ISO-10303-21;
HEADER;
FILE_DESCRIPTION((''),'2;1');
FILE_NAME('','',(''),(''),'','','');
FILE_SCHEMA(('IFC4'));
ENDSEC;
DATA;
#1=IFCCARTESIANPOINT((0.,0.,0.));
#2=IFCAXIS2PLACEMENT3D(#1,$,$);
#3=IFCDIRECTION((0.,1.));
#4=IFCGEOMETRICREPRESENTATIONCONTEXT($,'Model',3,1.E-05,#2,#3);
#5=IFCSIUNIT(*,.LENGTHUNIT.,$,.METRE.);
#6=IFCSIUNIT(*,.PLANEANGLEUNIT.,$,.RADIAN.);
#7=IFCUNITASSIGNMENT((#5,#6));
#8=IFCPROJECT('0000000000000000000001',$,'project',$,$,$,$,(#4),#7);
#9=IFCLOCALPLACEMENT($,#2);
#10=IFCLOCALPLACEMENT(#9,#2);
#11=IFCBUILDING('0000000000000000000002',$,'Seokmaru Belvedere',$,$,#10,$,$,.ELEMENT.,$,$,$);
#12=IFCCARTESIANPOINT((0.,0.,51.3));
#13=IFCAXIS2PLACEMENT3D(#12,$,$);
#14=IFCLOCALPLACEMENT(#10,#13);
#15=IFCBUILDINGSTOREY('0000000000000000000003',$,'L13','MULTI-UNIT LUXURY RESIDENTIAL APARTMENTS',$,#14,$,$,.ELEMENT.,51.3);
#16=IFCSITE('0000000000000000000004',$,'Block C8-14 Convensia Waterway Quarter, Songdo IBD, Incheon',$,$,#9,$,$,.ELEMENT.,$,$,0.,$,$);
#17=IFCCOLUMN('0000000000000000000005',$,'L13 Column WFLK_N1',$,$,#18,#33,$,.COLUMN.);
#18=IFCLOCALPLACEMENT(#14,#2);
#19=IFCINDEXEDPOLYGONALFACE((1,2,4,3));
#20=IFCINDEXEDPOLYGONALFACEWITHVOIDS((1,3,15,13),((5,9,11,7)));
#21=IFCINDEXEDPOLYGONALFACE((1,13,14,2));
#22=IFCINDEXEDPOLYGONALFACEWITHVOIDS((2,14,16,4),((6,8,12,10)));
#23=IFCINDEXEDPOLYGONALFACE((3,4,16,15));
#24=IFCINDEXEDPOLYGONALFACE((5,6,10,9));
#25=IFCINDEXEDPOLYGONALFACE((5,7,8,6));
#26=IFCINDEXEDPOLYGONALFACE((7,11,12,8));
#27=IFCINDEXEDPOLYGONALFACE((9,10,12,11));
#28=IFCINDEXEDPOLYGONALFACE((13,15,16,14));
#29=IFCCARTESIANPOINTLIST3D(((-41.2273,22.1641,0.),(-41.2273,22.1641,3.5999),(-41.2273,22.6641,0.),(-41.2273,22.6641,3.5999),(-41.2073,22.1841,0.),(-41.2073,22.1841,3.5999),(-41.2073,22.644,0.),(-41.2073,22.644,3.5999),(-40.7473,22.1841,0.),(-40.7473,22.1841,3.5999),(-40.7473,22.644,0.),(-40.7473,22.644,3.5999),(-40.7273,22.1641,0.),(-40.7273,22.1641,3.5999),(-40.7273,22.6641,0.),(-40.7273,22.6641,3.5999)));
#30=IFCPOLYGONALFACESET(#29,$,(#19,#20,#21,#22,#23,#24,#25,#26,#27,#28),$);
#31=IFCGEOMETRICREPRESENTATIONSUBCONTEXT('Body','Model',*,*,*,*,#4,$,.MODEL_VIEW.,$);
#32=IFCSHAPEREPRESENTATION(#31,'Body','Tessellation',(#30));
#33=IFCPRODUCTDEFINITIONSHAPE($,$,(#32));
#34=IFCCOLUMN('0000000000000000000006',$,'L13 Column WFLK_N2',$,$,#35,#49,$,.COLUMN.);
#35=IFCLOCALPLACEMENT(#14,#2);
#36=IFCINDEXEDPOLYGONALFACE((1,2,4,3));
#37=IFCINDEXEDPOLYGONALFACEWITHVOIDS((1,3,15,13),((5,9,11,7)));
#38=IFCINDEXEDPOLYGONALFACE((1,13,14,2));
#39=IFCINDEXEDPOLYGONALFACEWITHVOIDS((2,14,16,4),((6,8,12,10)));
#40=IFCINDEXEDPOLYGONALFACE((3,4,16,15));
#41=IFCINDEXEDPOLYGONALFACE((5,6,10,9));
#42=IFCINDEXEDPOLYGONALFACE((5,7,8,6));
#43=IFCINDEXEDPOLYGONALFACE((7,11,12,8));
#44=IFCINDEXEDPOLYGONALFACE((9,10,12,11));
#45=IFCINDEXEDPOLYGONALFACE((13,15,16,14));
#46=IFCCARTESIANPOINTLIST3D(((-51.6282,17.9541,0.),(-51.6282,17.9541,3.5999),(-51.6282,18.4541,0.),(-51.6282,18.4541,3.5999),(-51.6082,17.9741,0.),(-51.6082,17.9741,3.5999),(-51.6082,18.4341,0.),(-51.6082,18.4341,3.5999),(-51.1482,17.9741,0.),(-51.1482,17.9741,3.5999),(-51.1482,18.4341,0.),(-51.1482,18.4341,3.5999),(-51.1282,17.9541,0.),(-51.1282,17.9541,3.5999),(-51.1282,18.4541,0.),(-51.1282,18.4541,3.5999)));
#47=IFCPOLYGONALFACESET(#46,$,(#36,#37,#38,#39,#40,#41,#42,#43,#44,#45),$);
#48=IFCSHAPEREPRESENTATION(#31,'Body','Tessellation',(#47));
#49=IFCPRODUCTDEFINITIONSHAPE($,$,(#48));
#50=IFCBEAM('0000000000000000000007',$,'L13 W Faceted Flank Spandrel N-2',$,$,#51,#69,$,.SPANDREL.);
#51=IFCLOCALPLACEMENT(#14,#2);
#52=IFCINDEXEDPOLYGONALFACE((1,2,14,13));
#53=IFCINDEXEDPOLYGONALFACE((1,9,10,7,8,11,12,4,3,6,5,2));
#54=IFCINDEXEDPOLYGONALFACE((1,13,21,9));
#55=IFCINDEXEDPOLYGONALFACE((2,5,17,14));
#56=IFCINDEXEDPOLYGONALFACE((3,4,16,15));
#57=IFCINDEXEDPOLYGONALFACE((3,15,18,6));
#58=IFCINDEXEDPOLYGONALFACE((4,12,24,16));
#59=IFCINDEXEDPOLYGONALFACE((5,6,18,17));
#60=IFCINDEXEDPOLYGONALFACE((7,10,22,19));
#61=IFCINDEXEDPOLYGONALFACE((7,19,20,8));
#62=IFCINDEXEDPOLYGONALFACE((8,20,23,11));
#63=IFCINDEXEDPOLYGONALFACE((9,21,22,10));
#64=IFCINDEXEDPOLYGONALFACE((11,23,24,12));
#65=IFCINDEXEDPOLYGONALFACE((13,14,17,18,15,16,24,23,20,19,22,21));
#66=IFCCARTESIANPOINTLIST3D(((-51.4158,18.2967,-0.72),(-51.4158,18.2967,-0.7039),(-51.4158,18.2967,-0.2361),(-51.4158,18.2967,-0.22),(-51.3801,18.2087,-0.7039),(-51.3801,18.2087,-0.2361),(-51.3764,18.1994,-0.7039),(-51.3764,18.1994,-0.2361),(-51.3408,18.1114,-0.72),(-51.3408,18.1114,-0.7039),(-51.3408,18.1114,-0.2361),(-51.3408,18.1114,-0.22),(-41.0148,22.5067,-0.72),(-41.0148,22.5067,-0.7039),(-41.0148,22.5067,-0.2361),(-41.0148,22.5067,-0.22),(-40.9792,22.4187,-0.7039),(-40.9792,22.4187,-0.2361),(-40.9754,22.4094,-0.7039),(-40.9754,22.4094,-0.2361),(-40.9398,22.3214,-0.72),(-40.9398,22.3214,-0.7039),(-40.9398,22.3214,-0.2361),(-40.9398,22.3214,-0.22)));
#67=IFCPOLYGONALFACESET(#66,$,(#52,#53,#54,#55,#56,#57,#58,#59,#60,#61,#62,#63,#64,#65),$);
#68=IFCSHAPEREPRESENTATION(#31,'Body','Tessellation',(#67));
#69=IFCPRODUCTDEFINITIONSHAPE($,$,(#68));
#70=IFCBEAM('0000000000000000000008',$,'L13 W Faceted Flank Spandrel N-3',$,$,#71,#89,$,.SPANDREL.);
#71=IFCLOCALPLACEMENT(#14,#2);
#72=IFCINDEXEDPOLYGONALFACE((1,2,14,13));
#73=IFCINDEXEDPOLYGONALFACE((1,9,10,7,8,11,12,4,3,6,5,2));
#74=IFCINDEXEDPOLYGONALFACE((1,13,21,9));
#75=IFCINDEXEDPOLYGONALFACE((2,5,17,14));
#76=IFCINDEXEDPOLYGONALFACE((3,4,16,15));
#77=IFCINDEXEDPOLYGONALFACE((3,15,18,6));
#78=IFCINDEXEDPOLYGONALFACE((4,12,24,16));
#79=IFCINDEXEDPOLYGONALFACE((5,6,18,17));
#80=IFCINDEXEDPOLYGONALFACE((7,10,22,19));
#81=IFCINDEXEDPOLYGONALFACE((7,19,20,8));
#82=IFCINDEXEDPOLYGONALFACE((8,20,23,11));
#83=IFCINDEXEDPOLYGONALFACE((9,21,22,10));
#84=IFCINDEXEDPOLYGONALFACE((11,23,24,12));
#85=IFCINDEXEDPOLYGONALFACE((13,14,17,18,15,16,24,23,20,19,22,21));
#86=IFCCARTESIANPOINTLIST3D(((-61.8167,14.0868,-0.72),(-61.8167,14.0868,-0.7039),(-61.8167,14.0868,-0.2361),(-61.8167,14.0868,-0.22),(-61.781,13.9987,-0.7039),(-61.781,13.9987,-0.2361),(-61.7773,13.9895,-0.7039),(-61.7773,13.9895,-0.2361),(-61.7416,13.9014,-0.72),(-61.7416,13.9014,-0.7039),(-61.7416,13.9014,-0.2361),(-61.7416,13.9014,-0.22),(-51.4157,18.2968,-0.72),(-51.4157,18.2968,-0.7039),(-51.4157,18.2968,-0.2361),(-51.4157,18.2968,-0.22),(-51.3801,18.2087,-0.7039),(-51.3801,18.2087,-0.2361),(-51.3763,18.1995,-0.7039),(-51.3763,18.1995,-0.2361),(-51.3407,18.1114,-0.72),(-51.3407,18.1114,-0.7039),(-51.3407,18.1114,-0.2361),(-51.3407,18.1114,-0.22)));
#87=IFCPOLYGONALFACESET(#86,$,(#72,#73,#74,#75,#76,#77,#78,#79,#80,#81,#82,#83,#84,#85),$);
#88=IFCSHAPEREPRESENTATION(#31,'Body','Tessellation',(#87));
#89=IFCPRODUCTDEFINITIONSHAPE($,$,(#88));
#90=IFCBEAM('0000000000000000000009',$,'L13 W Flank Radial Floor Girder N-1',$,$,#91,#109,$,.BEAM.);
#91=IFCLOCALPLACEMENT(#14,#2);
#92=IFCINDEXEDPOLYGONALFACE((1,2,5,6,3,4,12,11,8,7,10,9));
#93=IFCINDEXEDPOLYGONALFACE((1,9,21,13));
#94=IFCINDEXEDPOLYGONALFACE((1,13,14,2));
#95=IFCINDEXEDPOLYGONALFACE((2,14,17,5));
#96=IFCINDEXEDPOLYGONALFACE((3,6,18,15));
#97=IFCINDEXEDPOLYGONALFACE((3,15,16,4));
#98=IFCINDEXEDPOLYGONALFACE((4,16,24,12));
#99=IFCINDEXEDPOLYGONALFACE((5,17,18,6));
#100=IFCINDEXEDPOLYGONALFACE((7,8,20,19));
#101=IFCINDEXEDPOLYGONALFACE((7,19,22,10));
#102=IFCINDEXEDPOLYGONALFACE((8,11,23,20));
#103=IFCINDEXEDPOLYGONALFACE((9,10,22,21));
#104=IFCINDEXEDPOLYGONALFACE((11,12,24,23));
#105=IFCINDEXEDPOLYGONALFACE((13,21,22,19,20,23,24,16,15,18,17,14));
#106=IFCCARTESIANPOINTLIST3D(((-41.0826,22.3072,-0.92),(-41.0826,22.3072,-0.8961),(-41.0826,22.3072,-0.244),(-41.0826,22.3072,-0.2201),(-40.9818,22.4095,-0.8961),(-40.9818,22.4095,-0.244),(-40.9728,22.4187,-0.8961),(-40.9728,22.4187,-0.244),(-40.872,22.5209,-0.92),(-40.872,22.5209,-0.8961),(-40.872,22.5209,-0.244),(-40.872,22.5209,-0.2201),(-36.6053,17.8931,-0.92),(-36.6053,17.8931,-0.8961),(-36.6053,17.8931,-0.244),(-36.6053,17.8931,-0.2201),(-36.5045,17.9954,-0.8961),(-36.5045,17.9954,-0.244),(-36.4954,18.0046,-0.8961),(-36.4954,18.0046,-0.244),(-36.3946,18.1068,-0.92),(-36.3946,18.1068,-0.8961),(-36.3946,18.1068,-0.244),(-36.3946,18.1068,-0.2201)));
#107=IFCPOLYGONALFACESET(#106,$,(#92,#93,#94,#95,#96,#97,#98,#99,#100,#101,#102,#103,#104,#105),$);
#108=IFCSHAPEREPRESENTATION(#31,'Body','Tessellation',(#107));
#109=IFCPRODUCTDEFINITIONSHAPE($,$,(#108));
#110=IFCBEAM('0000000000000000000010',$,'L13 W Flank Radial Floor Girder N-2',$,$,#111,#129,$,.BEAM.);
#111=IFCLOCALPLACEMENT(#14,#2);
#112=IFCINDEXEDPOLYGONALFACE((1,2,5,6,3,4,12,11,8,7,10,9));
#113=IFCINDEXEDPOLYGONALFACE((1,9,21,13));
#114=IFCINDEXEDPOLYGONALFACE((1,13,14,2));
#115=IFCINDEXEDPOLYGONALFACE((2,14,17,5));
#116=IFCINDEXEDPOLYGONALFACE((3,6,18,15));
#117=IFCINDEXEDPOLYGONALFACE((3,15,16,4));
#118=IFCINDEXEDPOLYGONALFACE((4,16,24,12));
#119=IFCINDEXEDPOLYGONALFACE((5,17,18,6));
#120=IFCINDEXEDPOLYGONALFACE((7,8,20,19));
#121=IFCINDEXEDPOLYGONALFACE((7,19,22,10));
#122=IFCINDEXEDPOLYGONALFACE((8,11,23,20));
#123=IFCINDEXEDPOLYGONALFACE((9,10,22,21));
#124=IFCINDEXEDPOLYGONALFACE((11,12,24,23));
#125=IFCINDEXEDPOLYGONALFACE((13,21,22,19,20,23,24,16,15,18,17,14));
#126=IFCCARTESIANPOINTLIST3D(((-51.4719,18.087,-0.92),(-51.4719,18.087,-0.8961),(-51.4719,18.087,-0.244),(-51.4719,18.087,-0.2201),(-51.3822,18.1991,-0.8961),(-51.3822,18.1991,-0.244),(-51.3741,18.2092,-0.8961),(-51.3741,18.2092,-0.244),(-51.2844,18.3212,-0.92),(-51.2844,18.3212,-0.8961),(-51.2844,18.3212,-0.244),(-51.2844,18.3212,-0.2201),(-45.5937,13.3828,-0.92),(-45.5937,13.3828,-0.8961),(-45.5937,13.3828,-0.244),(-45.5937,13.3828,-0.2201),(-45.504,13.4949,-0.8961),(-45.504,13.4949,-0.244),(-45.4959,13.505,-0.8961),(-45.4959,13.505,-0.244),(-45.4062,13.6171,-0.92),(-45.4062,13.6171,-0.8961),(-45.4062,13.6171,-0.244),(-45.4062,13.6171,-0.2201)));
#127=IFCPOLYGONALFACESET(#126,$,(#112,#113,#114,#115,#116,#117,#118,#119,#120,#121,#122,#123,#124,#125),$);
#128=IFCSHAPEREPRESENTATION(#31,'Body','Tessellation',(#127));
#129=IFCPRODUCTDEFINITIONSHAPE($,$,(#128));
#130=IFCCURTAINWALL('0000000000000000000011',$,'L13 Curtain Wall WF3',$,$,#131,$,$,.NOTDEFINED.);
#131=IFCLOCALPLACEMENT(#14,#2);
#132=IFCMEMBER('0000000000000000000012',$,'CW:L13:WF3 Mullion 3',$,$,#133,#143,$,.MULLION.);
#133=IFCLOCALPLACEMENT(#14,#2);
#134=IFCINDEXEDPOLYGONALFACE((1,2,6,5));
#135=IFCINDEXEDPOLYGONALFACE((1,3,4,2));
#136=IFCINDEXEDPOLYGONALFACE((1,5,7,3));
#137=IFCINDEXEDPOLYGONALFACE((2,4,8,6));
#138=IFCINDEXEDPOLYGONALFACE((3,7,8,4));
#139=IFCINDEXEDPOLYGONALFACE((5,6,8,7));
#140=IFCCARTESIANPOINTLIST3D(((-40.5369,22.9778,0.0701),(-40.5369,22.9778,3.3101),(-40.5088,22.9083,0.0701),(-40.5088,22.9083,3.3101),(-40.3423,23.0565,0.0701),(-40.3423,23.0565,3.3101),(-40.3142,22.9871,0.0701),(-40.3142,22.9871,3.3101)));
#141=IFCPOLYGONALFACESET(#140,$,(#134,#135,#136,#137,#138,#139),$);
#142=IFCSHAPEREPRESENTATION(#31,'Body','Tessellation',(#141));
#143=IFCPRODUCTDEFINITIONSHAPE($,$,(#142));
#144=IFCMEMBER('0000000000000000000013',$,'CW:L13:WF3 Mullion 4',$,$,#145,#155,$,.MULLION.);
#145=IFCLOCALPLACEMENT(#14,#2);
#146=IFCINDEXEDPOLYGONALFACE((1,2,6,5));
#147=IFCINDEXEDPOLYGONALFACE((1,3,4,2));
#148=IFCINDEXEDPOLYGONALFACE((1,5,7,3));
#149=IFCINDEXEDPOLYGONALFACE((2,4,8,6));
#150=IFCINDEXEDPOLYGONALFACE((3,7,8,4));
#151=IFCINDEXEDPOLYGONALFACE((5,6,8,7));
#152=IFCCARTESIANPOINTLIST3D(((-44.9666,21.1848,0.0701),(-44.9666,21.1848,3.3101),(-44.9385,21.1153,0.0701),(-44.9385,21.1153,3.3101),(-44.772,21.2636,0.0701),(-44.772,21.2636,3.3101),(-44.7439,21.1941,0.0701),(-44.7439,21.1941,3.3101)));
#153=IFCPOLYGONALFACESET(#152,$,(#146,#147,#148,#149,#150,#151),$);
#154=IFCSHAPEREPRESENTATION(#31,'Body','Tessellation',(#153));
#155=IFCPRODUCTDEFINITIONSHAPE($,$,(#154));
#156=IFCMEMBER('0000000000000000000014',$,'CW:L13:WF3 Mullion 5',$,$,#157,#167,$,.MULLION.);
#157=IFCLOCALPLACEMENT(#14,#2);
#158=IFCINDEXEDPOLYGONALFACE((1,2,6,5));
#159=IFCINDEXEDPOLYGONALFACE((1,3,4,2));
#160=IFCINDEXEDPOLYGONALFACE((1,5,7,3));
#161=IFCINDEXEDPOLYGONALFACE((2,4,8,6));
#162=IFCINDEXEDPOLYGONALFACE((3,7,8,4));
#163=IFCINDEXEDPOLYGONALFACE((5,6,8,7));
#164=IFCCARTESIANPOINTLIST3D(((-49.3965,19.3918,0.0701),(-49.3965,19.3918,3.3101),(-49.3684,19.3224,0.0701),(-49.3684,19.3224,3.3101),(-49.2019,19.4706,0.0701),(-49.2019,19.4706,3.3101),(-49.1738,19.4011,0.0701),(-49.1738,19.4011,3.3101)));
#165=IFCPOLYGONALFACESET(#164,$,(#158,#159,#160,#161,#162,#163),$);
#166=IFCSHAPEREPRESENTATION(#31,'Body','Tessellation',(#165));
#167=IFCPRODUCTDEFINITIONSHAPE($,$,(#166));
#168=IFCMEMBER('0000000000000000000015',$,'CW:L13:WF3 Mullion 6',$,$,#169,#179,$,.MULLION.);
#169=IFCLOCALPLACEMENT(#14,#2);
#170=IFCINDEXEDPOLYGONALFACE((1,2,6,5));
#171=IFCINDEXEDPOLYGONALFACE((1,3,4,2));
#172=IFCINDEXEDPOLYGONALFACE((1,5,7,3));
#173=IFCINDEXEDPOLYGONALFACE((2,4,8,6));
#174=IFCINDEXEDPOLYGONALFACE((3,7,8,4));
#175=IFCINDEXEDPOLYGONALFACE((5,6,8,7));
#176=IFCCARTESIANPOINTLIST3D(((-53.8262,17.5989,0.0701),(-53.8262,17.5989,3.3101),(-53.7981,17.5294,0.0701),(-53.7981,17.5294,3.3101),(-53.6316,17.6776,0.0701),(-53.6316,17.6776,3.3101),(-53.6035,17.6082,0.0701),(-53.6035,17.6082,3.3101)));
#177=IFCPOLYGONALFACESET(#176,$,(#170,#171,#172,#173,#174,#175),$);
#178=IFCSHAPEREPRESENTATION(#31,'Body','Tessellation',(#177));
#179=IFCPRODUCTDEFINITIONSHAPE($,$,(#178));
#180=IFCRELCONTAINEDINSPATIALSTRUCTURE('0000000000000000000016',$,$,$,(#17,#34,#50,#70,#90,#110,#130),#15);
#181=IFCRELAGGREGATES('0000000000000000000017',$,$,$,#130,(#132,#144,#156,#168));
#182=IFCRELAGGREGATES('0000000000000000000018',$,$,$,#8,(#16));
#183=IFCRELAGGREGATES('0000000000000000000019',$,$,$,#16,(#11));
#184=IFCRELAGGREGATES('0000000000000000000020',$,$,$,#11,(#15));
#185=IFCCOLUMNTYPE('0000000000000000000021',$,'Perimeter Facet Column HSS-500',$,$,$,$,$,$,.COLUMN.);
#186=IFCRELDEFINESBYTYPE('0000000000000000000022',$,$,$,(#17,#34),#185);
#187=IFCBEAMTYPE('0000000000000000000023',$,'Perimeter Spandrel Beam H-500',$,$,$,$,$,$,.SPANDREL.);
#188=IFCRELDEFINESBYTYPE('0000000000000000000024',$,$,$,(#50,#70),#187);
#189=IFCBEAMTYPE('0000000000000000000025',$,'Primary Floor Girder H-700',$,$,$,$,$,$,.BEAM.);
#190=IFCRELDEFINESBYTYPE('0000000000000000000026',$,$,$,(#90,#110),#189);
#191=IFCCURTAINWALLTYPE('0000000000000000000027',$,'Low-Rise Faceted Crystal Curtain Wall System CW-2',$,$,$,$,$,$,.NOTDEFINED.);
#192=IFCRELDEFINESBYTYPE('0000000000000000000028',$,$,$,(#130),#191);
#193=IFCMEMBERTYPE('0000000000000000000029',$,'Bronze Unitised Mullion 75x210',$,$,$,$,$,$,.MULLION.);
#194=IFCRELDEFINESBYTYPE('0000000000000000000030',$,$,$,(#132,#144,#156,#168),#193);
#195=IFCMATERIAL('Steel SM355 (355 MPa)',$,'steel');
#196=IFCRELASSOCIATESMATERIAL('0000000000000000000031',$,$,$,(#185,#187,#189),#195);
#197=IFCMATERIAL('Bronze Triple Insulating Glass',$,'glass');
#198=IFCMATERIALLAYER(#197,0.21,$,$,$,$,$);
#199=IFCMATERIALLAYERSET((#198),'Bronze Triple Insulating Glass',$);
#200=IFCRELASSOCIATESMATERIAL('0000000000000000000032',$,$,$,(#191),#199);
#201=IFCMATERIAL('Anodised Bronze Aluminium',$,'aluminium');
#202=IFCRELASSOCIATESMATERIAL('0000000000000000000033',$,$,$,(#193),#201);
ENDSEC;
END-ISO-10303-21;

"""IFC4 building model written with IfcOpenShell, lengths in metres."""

from ifc_helpers import new_model, si_unit, direction, frame, origin, origin_2d, place, context, subcontext, project, spatial, rectangle, hollow_rectangle, i_section, extrude, source, transform, mapped, material, layer, layer_set, material_profile, profile_set, type_object, type_shapes, element, aggregate, save


model = new_model("IFC4")

# Units and contexts
model_context = context("Model", 3, precision=1e-05, world=origin(), true_north=direction((0.0, 1.0)))
body_context = subcontext(model_context, "Body", "Model", "MODEL_VIEW")
ifc_project = project(units=[si_unit("LENGTHUNIT", "METRE"), si_unit("PLANEANGLEUNIT", "RADIAN")], contexts=[model_context])

# Site, building, storey
site_placement = place(None, origin())
site = spatial("IfcSite", under=ifc_project, at=site_placement, Name="Block C8-14 Convensia Waterway Quarter, Songdo IBD, Incheon", CompositionType="ELEMENT", RefElevation=0.0)
building_placement = place(site_placement, origin())
building = spatial("IfcBuilding", under=site, at=building_placement, Name="Seokmaru Belvedere", CompositionType="ELEMENT")
storey_placement = place(building_placement, frame((0.0, 0.0, 51.3)))
storey = spatial("IfcBuildingStorey", under=building, at=storey_placement, Name="L13", Description="MULTI-UNIT LUXURY RESIDENTIAL APARTMENTS", CompositionType="ELEMENT", Elevation=51.3)

# Columns
ifc_material_1 = material(Name="Steel SM355 (355 MPa)", Category="steel")
ifc_material_profile_1 = material_profile(ifc_material_1, hollow_rectangle(XDim=0.5, YDim=0.5, WallThickness=0.02, at=origin_2d()), Name="HSS-500x500x20")
ifc_profile_set_1 = profile_set([ifc_material_profile_1], Name="Steel SM355 (355 MPa)")
column_type = type_object("IfcColumnType", Name="Perimeter Facet Column HSS-500", PredefinedType="COLUMN", material=ifc_profile_set_1)
shared_shape_1 = source(origin(), body_context, "Body", "SweptSolid", [
    extrude(hollow_rectangle(XDim=0.5, YDim=0.5, WallThickness=0.02, at=origin_2d()), origin(), (0.0, 0.0, 1.0), 3.5999),
])
type_shapes(column_type, [shared_shape_1])
for number, where, z_axis, x_axis, name in (
    (1, (-40.9773, 22.4141, 0.0), (0.0, 0.0, 1.0), (1.0, 0.0, 0.0), "L13 Column WFLK_N1"),
    (2, (-51.3782, 18.2041, 0.0), (0.0, 0.0, 1.0), (1.0, 0.0, 0.0), "L13 Column WFLK_N2"),
):
    element("IfcColumn", number, at=place(storey_placement, frame(where, z_axis=z_axis, x_axis=x_axis)), inside=storey, type_object=column_type, Name=name, PredefinedType="COLUMN", context=body_context, shape_type="MappedRepresentation", body=[
        mapped(shared_shape_1, transform((0.0, 0.0, 0.0), scale=1.0)),
    ])

# Beams
ifc_material_profile_2 = material_profile(ifc_material_1, i_section(OverallWidth=0.2, OverallDepth=0.5, WebThickness=0.01, FlangeThickness=0.0161, at=origin_2d()), Name="H-500x200x10x16")
ifc_profile_set_2 = profile_set([ifc_material_profile_2], Name="Steel SM355 (355 MPa)")
beam_type_1 = type_object("IfcBeamType", Name="Perimeter Spandrel Beam H-500", PredefinedType="SPANDREL", material=ifc_profile_set_2)
shared_shape_2 = source(origin(), body_context, "Body", "SweptSolid", [
    extrude(i_section(OverallWidth=0.2, OverallDepth=0.5, WebThickness=0.01, FlangeThickness=0.0161, at=origin_2d()), origin(), (0.0, 0.0, 1.0), 11.2207),
])
type_shapes(beam_type_1, [shared_shape_2])
for number, where, z_axis, x_axis, name in (
    (3, (-40.9773, 22.4141, -0.47), (-0.926944, -0.375199, 0.0), (0.375199, -0.926944, 0.0), "L13 W Faceted Flank Spandrel N-2"),
    (4, (-51.3782, 18.2041, -0.47), (-0.926944, -0.375199, 0.0), (0.375199, -0.926944, 0.0), "L13 W Faceted Flank Spandrel N-3"),
):
    element("IfcBeam", number, at=place(storey_placement, frame(where, z_axis=z_axis, x_axis=x_axis)), inside=storey, type_object=beam_type_1, Name=name, PredefinedType="SPANDREL", context=body_context, shape_type="MappedRepresentation", body=[
        mapped(shared_shape_2, transform((0.0, 0.0, 0.0), scale=1.0)),
    ])
ifc_material_profile_3 = material_profile(ifc_material_1, i_section(OverallWidth=0.3, OverallDepth=0.7, WebThickness=0.0129, FlangeThickness=0.0239, at=origin_2d()), Name="H-700x300x13x24")
ifc_profile_set_3 = profile_set([ifc_material_profile_3], Name="Steel SM355 (355 MPa)")
beam_type_2 = type_object("IfcBeamType", Name="Primary Floor Girder H-700", PredefinedType="BEAM", material=ifc_profile_set_3)
shared_shape_3 = source(origin(), body_context, "Body", "SweptSolid", [
    extrude(i_section(OverallWidth=0.3, OverallDepth=0.7, WebThickness=0.0129, FlangeThickness=0.0239, at=origin_2d()), origin(), (0.0, 0.0, 1.0), 6.2874),
])
beam_1_placement = place(storey_placement, frame((-40.9773, 22.4141, -0.5701), z_axis=(0.712117, -0.70206, 0.0), x_axis=(0.70206, 0.712117, 0.0)))
element("IfcBeam", 5, at=beam_1_placement, inside=storey, type_object=beam_type_2, Name="L13 W Flank Radial Floor Girder N-1", PredefinedType="BEAM", context=body_context, shape_type="MappedRepresentation", body=[
    mapped(shared_shape_3, transform((0.0, 0.0, 0.0), scale=1.0)),
])
shared_shape_4 = source(origin(), body_context, "Body", "SweptSolid", [
    extrude(i_section(OverallWidth=0.3, OverallDepth=0.7, WebThickness=0.0129, FlangeThickness=0.0239, at=origin_2d()), origin(), (0.0, 0.0, 1.0), 7.5288),
])
type_shapes(beam_type_2, [shared_shape_3, shared_shape_4])
beam_2_placement = place(storey_placement, frame((-51.3782, 18.2041, -0.5701), z_axis=(0.780768, -0.624822, 0.0), x_axis=(0.624822, 0.780768, 0.0)))
element("IfcBeam", 6, at=beam_2_placement, inside=storey, type_object=beam_type_2, Name="L13 W Flank Radial Floor Girder N-2", PredefinedType="BEAM", context=body_context, shape_type="MappedRepresentation", body=[
    mapped(shared_shape_4, transform((0.0, 0.0, 0.0), scale=1.0)),
])

# Curtain wall, members
ifc_material_2 = material(Name="Bronze Triple Insulating Glass", Category="glass")
ifc_layer_1 = layer(ifc_material_2, 0.21)
ifc_layer_set_1 = layer_set([ifc_layer_1], Name="Bronze Triple Insulating Glass")
curtain_wall_type = type_object("IfcCurtainWallType", Name="Low-Rise Faceted Crystal Curtain Wall System CW-2", PredefinedType="NOTDEFINED", material=ifc_layer_set_1)
curtain_wall_placement = place(storey_placement, origin())
curtain_wall = element("IfcCurtainWall", 7, at=curtain_wall_placement, inside=storey, type_object=curtain_wall_type, Name="L13 Curtain Wall WF3", PredefinedType="NOTDEFINED")
ifc_material_3 = material(Name="Anodised Bronze Aluminium", Category="aluminium")
ifc_material_profile_4 = material_profile(ifc_material_3, rectangle(XDim=0.075, YDim=0.21, at=origin_2d()), Name="CW-M-75x210")
ifc_profile_set_4 = profile_set([ifc_material_profile_4], Name="Anodised Bronze Aluminium")
member_type = type_object("IfcMemberType", Name="Bronze Unitised Mullion 75x210", PredefinedType="MULLION", material=ifc_profile_set_4)
shared_shape_5 = source(origin(), body_context, "Body", "SweptSolid", [
    extrude(rectangle(XDim=0.075, YDim=0.21, at=origin_2d()), origin(), (0.0, 0.0, 1.0), 3.24),
])
type_shapes(member_type, [shared_shape_5])
member_1_placement = place(storey_placement, frame((-40.4255, 22.9824, 0.0701), z_axis=(0.0, 0.0, 1.0), x_axis=(0.375192, -0.926947, 0.0)))
member_1 = element("IfcMember", 8, at=member_1_placement, type_object=member_type, Name="CW:L13:WF3 Mullion 3", PredefinedType="MULLION", context=body_context, shape_type="MappedRepresentation", body=[
    mapped(shared_shape_5, transform((0.0, 0.0, 0.0), scale=1.0)),
])
member_2_placement = place(storey_placement, frame((-44.8552, 21.1895, 0.0701), z_axis=(0.0, 0.0, 1.0), x_axis=(0.375192, -0.926947, 0.0)))
member_2 = element("IfcMember", 9, at=member_2_placement, type_object=member_type, Name="CW:L13:WF3 Mullion 4", PredefinedType="MULLION", context=body_context, shape_type="MappedRepresentation", body=[
    mapped(shared_shape_5, transform((0.0, 0.0, 0.0), scale=1.0)),
])
member_3_placement = place(storey_placement, frame((-49.2852, 19.3965, 0.0701), z_axis=(0.0, 0.0, 1.0), x_axis=(0.375192, -0.926947, 0.0)))
member_3 = element("IfcMember", 10, at=member_3_placement, type_object=member_type, Name="CW:L13:WF3 Mullion 5", PredefinedType="MULLION", context=body_context, shape_type="MappedRepresentation", body=[
    mapped(shared_shape_5, transform((0.0, 0.0, 0.0), scale=1.0)),
])
member_4_placement = place(storey_placement, frame((-53.7148, 17.6035, 0.0701), z_axis=(0.0, 0.0, 1.0), x_axis=(0.375192, -0.926947, 0.0)))
member_4 = element("IfcMember", 11, at=member_4_placement, type_object=member_type, Name="CW:L13:WF3 Mullion 6", PredefinedType="MULLION", context=body_context, shape_type="MappedRepresentation", body=[
    mapped(shared_shape_5, transform((0.0, 0.0, 0.0), scale=1.0)),
])
aggregate(curtain_wall, [member_1, member_2, member_3, member_4])

save(model, "model.ifc")
